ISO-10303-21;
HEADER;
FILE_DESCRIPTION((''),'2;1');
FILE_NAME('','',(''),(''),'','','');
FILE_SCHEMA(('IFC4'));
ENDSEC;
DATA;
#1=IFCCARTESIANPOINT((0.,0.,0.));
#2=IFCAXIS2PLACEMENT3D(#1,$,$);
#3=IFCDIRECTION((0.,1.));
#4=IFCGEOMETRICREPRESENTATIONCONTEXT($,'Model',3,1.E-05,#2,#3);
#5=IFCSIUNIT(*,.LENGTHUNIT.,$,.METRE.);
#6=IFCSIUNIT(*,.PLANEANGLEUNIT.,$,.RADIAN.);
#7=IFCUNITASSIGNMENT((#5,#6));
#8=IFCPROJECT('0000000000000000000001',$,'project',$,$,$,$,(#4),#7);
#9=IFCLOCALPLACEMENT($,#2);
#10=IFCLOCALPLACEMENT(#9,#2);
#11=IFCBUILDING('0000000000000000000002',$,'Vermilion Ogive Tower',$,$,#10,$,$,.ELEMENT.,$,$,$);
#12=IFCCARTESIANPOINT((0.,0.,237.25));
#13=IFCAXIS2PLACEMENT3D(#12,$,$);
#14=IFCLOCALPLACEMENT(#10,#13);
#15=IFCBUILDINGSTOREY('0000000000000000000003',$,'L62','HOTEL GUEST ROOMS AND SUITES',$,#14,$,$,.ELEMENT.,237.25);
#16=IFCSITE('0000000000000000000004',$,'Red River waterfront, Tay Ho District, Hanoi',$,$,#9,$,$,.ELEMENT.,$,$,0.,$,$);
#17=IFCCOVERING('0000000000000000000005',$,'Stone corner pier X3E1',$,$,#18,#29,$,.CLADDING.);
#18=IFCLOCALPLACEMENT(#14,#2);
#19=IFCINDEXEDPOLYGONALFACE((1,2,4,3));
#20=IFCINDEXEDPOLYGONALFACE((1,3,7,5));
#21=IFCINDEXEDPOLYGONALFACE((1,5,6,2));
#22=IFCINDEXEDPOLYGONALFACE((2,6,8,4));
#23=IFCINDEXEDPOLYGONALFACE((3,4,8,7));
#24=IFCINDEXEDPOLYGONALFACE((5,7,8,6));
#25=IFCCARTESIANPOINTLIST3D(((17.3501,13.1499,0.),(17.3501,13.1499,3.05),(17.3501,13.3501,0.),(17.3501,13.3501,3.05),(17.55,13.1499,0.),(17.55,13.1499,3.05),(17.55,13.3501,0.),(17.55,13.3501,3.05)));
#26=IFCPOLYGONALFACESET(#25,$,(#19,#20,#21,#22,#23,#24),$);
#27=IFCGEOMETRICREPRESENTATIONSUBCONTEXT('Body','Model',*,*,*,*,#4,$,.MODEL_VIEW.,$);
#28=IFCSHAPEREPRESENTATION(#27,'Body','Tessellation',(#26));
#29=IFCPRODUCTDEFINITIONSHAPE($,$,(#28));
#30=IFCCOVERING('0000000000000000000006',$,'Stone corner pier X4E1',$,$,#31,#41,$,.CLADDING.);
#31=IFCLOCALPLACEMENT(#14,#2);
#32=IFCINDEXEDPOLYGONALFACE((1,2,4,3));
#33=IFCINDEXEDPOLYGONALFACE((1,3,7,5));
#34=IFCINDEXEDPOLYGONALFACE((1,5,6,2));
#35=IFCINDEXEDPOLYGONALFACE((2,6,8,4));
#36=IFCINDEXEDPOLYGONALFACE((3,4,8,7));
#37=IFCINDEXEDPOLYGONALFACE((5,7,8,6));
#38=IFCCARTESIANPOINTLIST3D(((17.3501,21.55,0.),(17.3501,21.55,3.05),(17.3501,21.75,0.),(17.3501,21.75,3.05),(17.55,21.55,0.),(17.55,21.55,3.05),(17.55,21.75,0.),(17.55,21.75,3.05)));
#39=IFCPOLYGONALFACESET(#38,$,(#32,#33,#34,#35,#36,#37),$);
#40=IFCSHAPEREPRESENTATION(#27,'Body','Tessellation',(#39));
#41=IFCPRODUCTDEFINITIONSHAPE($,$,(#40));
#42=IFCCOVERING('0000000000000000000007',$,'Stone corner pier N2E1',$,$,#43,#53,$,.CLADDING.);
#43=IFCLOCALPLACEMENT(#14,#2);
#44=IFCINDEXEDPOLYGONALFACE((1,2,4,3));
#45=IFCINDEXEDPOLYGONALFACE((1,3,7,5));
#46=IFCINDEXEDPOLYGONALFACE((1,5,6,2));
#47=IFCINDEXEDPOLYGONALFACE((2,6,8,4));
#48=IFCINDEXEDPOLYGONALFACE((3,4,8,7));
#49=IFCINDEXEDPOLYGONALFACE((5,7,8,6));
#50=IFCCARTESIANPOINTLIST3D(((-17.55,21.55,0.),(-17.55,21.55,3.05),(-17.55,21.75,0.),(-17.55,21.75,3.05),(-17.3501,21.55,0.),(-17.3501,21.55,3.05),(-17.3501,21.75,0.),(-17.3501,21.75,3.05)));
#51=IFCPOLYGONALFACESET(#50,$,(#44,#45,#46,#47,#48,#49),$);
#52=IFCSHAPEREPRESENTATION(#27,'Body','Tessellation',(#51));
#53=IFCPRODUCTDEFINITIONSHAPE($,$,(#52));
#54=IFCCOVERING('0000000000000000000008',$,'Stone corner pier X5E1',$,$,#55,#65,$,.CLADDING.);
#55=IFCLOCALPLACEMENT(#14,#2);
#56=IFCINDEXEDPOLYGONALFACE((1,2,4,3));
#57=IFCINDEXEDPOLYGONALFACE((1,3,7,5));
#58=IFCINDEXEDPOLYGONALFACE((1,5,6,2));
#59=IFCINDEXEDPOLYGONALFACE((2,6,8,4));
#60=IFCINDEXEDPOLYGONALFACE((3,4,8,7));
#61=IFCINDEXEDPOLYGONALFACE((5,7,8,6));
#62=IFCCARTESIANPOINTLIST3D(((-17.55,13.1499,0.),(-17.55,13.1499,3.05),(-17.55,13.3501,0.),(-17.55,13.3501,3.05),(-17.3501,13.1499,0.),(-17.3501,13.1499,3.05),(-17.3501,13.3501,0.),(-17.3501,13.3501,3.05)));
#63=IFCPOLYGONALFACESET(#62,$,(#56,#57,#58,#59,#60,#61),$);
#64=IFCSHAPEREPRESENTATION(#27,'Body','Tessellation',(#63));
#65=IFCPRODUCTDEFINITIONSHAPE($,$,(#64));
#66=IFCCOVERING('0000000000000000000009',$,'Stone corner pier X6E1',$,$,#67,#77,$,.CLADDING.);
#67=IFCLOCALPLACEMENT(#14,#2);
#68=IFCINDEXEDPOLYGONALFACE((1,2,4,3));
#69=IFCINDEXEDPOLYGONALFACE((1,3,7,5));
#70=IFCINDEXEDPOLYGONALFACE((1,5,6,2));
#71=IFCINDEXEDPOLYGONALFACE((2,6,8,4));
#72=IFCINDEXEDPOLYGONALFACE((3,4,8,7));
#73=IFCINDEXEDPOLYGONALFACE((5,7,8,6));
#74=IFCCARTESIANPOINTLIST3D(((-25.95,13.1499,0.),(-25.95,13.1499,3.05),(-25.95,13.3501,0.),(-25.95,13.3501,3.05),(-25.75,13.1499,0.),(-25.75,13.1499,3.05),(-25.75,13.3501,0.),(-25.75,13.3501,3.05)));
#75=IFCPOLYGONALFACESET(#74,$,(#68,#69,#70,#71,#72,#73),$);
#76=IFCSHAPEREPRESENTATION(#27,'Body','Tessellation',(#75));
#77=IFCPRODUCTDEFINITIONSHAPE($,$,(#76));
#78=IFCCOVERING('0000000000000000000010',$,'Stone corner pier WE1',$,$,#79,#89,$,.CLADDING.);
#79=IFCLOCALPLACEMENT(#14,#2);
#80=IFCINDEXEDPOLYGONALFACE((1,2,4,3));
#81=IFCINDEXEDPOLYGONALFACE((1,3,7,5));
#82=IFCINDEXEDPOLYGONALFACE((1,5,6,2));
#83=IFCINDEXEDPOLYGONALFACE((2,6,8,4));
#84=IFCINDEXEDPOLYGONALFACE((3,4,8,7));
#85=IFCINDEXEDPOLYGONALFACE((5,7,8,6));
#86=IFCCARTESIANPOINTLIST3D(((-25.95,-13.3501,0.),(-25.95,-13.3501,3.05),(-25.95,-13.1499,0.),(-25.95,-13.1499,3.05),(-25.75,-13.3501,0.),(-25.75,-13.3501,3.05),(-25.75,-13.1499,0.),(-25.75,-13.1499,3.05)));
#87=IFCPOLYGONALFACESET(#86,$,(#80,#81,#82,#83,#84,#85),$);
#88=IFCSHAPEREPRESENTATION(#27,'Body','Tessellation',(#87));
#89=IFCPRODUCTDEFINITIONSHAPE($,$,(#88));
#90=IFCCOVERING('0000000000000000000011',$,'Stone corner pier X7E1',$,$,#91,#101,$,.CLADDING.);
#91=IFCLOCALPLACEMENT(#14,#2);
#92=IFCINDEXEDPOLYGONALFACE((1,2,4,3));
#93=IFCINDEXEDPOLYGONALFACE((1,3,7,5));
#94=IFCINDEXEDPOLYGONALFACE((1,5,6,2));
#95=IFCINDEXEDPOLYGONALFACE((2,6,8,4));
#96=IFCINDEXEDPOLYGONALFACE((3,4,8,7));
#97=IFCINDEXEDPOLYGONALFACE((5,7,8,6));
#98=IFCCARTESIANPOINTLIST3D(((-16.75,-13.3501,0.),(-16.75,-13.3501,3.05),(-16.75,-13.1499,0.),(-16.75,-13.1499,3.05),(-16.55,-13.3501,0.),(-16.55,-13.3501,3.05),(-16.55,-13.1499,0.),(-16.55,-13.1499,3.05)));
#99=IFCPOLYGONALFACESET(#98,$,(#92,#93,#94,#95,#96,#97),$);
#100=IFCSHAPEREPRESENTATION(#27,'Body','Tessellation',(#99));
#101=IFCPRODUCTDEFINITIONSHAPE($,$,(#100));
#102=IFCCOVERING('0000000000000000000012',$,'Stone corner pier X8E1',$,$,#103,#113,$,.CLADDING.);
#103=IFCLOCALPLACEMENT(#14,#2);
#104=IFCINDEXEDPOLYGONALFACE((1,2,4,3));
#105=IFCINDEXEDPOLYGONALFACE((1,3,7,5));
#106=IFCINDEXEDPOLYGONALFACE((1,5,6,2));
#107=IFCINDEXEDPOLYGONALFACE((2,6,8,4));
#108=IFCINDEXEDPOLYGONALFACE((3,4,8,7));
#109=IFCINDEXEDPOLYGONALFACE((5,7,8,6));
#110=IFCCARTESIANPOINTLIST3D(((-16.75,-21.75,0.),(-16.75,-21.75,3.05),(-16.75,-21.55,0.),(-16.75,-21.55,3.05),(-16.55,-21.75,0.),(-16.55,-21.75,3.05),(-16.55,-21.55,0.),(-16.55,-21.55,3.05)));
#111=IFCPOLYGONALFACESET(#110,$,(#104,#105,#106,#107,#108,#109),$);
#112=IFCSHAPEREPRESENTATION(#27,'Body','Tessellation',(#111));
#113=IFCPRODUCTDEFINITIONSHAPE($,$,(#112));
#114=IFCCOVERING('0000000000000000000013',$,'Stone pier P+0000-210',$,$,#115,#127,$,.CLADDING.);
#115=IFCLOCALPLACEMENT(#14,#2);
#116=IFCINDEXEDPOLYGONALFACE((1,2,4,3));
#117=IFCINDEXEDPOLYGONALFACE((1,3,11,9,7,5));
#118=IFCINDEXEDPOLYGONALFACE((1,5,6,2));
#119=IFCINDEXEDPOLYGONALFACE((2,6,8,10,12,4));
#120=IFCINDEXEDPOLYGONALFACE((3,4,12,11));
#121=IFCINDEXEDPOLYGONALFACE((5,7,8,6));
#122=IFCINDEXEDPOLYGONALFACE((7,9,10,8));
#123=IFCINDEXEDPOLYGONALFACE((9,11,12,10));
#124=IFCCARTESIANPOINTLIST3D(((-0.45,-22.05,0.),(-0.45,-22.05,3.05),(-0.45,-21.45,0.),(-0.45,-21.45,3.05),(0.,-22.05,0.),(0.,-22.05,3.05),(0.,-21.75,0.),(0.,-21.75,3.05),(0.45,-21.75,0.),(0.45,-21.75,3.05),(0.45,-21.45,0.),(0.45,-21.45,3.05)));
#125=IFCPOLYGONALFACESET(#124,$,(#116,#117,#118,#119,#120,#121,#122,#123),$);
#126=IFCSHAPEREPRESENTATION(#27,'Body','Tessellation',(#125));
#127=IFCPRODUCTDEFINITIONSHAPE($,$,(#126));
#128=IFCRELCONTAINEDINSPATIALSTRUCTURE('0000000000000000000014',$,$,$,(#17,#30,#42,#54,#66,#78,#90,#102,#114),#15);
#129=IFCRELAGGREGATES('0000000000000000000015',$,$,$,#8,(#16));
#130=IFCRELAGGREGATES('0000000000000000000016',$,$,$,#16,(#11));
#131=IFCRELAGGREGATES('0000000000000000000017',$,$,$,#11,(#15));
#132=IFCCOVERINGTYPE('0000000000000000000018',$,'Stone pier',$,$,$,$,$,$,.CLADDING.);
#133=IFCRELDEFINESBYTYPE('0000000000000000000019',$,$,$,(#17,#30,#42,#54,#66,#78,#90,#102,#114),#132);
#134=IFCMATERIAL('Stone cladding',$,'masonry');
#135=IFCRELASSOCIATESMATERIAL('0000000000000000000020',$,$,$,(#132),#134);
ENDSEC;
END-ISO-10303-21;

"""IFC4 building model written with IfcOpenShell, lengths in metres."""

from ifc_helpers import new_model, si_unit, direction, frame, origin, place, context, subcontext, project, spatial, polyline, outline, extrude, material, type_object, element, save


model = new_model("IFC4")

# Units and contexts
model_context = context("Model", 3, precision=1e-05, world=origin(), true_north=direction((0.0, 1.0)))
body_context = subcontext(model_context, "Body", "Model", "MODEL_VIEW")
ifc_project = project(units=[si_unit("LENGTHUNIT", "METRE"), si_unit("PLANEANGLEUNIT", "RADIAN")], contexts=[model_context])

# Site, building, storey
site_placement = place(None, origin())
site = spatial("IfcSite", under=ifc_project, at=site_placement, Name="Red River waterfront, Tay Ho District, Hanoi", CompositionType="ELEMENT", RefElevation=0.0)
building_placement = place(site_placement, origin())
building = spatial("IfcBuilding", under=site, at=building_placement, Name="Vermilion Ogive Tower", CompositionType="ELEMENT")
storey_placement = place(building_placement, frame((0.0, 0.0, 237.25)))
storey = spatial("IfcBuildingStorey", under=building, at=storey_placement, Name="L62", Description="HOTEL GUEST ROOMS AND SUITES", CompositionType="ELEMENT", Elevation=237.25)

# Coverings
ifc_material_1 = material(Name="Stone cladding", Category="masonry")
covering_type_1 = type_object("IfcCoveringType", Name="Stone pier", PredefinedType="CLADDING", material=ifc_material_1)
covering_1_placement = place(storey_placement, origin())
element("IfcCovering", 1, at=covering_1_placement, inside=storey, type_object=covering_type_1, Name="Stone corner pier X3E1", PredefinedType="CLADDING", context=body_context, shape_type="SweptSolid", body=[
    extrude(outline(polyline([(17.3501, 13.1499), (17.3501, 13.3501), (17.55, 13.3501), (17.55, 13.1499), (17.3501, 13.1499)])), origin(), (0.0, 0.0, 1.0), 3.05),
])
covering_2_placement = place(storey_placement, origin())
element("IfcCovering", 2, at=covering_2_placement, inside=storey, type_object=covering_type_1, Name="Stone corner pier X4E1", PredefinedType="CLADDING", context=body_context, shape_type="SweptSolid", body=[
    extrude(outline(polyline([(17.3501, 21.55), (17.3501, 21.75), (17.55, 21.75), (17.55, 21.55), (17.3501, 21.55)])), origin(), (0.0, 0.0, 1.0), 3.05),
])
covering_3_placement = place(storey_placement, origin())
element("IfcCovering", 3, at=covering_3_placement, inside=storey, type_object=covering_type_1, Name="Stone corner pier N2E1", PredefinedType="CLADDING", context=body_context, shape_type="SweptSolid", body=[
    extrude(outline(polyline([(-17.3501, 21.55), (-17.55, 21.55), (-17.55, 21.75), (-17.3501, 21.75), (-17.3501, 21.55)])), origin(), (0.0, 0.0, 1.0), 3.05),
])
covering_4_placement = place(storey_placement, origin())
element("IfcCovering", 4, at=covering_4_placement, inside=storey, type_object=covering_type_1, Name="Stone corner pier X5E1", PredefinedType="CLADDING", context=body_context, shape_type="SweptSolid", body=[
    extrude(outline(polyline([(-17.3501, 13.1499), (-17.55, 13.1499), (-17.55, 13.3501), (-17.3501, 13.3501), (-17.3501, 13.1499)])), origin(), (0.0, 0.0, 1.0), 3.05),
])
covering_5_placement = place(storey_placement, origin())
element("IfcCovering", 5, at=covering_5_placement, inside=storey, type_object=covering_type_1, Name="Stone corner pier X6E1", PredefinedType="CLADDING", context=body_context, shape_type="SweptSolid", body=[
    extrude(outline(polyline([(-25.75, 13.1499), (-25.95, 13.1499), (-25.95, 13.3501), (-25.75, 13.3501), (-25.75, 13.1499)])), origin(), (0.0, 0.0, 1.0), 3.05),
])
covering_6_placement = place(storey_placement, origin())
element("IfcCovering", 6, at=covering_6_placement, inside=storey, type_object=covering_type_1, Name="Stone corner pier WE1", PredefinedType="CLADDING", context=body_context, shape_type="SweptSolid", body=[
    extrude(outline(polyline([(-25.75, -13.1499), (-25.75, -13.3501), (-25.95, -13.3501), (-25.95, -13.1499), (-25.75, -13.1499)])), origin(), (0.0, 0.0, 1.0), 3.05),
])
covering_7_placement = place(storey_placement, origin())
element("IfcCovering", 7, at=covering_7_placement, inside=storey, type_object=covering_type_1, Name="Stone corner pier X7E1", PredefinedType="CLADDING", context=body_context, shape_type="SweptSolid", body=[
    extrude(outline(polyline([(-16.55, -13.1499), (-16.55, -13.3501), (-16.75, -13.3501), (-16.75, -13.1499), (-16.55, -13.1499)])), origin(), (0.0, 0.0, 1.0), 3.05),
])
covering_8_placement = place(storey_placement, origin())
element("IfcCovering", 8, at=covering_8_placement, inside=storey, type_object=covering_type_1, Name="Stone corner pier X8E1", PredefinedType="CLADDING", context=body_context, shape_type="SweptSolid", body=[
    extrude(outline(polyline([(-16.55, -21.55), (-16.55, -21.75), (-16.75, -21.75), (-16.75, -21.55), (-16.55, -21.55)])), origin(), (0.0, 0.0, 1.0), 3.05),
])
covering_9_placement = place(storey_placement, origin())
element("IfcCovering", 9, at=covering_9_placement, inside=storey, type_object=covering_type_1, Name="Stone pier P+0000-210", PredefinedType="CLADDING", context=body_context, shape_type="SweptSolid", body=[
    extrude(outline(polyline([(0.45, -21.75), (0.0, -21.75), (0.0, -22.05), (-0.45, -22.05), (-0.45, -21.45), (0.45, -21.45), (0.45, -21.75)])), origin(), (0.0, 0.0, 1.0), 3.05),
])

save(model, "model.ifc")
